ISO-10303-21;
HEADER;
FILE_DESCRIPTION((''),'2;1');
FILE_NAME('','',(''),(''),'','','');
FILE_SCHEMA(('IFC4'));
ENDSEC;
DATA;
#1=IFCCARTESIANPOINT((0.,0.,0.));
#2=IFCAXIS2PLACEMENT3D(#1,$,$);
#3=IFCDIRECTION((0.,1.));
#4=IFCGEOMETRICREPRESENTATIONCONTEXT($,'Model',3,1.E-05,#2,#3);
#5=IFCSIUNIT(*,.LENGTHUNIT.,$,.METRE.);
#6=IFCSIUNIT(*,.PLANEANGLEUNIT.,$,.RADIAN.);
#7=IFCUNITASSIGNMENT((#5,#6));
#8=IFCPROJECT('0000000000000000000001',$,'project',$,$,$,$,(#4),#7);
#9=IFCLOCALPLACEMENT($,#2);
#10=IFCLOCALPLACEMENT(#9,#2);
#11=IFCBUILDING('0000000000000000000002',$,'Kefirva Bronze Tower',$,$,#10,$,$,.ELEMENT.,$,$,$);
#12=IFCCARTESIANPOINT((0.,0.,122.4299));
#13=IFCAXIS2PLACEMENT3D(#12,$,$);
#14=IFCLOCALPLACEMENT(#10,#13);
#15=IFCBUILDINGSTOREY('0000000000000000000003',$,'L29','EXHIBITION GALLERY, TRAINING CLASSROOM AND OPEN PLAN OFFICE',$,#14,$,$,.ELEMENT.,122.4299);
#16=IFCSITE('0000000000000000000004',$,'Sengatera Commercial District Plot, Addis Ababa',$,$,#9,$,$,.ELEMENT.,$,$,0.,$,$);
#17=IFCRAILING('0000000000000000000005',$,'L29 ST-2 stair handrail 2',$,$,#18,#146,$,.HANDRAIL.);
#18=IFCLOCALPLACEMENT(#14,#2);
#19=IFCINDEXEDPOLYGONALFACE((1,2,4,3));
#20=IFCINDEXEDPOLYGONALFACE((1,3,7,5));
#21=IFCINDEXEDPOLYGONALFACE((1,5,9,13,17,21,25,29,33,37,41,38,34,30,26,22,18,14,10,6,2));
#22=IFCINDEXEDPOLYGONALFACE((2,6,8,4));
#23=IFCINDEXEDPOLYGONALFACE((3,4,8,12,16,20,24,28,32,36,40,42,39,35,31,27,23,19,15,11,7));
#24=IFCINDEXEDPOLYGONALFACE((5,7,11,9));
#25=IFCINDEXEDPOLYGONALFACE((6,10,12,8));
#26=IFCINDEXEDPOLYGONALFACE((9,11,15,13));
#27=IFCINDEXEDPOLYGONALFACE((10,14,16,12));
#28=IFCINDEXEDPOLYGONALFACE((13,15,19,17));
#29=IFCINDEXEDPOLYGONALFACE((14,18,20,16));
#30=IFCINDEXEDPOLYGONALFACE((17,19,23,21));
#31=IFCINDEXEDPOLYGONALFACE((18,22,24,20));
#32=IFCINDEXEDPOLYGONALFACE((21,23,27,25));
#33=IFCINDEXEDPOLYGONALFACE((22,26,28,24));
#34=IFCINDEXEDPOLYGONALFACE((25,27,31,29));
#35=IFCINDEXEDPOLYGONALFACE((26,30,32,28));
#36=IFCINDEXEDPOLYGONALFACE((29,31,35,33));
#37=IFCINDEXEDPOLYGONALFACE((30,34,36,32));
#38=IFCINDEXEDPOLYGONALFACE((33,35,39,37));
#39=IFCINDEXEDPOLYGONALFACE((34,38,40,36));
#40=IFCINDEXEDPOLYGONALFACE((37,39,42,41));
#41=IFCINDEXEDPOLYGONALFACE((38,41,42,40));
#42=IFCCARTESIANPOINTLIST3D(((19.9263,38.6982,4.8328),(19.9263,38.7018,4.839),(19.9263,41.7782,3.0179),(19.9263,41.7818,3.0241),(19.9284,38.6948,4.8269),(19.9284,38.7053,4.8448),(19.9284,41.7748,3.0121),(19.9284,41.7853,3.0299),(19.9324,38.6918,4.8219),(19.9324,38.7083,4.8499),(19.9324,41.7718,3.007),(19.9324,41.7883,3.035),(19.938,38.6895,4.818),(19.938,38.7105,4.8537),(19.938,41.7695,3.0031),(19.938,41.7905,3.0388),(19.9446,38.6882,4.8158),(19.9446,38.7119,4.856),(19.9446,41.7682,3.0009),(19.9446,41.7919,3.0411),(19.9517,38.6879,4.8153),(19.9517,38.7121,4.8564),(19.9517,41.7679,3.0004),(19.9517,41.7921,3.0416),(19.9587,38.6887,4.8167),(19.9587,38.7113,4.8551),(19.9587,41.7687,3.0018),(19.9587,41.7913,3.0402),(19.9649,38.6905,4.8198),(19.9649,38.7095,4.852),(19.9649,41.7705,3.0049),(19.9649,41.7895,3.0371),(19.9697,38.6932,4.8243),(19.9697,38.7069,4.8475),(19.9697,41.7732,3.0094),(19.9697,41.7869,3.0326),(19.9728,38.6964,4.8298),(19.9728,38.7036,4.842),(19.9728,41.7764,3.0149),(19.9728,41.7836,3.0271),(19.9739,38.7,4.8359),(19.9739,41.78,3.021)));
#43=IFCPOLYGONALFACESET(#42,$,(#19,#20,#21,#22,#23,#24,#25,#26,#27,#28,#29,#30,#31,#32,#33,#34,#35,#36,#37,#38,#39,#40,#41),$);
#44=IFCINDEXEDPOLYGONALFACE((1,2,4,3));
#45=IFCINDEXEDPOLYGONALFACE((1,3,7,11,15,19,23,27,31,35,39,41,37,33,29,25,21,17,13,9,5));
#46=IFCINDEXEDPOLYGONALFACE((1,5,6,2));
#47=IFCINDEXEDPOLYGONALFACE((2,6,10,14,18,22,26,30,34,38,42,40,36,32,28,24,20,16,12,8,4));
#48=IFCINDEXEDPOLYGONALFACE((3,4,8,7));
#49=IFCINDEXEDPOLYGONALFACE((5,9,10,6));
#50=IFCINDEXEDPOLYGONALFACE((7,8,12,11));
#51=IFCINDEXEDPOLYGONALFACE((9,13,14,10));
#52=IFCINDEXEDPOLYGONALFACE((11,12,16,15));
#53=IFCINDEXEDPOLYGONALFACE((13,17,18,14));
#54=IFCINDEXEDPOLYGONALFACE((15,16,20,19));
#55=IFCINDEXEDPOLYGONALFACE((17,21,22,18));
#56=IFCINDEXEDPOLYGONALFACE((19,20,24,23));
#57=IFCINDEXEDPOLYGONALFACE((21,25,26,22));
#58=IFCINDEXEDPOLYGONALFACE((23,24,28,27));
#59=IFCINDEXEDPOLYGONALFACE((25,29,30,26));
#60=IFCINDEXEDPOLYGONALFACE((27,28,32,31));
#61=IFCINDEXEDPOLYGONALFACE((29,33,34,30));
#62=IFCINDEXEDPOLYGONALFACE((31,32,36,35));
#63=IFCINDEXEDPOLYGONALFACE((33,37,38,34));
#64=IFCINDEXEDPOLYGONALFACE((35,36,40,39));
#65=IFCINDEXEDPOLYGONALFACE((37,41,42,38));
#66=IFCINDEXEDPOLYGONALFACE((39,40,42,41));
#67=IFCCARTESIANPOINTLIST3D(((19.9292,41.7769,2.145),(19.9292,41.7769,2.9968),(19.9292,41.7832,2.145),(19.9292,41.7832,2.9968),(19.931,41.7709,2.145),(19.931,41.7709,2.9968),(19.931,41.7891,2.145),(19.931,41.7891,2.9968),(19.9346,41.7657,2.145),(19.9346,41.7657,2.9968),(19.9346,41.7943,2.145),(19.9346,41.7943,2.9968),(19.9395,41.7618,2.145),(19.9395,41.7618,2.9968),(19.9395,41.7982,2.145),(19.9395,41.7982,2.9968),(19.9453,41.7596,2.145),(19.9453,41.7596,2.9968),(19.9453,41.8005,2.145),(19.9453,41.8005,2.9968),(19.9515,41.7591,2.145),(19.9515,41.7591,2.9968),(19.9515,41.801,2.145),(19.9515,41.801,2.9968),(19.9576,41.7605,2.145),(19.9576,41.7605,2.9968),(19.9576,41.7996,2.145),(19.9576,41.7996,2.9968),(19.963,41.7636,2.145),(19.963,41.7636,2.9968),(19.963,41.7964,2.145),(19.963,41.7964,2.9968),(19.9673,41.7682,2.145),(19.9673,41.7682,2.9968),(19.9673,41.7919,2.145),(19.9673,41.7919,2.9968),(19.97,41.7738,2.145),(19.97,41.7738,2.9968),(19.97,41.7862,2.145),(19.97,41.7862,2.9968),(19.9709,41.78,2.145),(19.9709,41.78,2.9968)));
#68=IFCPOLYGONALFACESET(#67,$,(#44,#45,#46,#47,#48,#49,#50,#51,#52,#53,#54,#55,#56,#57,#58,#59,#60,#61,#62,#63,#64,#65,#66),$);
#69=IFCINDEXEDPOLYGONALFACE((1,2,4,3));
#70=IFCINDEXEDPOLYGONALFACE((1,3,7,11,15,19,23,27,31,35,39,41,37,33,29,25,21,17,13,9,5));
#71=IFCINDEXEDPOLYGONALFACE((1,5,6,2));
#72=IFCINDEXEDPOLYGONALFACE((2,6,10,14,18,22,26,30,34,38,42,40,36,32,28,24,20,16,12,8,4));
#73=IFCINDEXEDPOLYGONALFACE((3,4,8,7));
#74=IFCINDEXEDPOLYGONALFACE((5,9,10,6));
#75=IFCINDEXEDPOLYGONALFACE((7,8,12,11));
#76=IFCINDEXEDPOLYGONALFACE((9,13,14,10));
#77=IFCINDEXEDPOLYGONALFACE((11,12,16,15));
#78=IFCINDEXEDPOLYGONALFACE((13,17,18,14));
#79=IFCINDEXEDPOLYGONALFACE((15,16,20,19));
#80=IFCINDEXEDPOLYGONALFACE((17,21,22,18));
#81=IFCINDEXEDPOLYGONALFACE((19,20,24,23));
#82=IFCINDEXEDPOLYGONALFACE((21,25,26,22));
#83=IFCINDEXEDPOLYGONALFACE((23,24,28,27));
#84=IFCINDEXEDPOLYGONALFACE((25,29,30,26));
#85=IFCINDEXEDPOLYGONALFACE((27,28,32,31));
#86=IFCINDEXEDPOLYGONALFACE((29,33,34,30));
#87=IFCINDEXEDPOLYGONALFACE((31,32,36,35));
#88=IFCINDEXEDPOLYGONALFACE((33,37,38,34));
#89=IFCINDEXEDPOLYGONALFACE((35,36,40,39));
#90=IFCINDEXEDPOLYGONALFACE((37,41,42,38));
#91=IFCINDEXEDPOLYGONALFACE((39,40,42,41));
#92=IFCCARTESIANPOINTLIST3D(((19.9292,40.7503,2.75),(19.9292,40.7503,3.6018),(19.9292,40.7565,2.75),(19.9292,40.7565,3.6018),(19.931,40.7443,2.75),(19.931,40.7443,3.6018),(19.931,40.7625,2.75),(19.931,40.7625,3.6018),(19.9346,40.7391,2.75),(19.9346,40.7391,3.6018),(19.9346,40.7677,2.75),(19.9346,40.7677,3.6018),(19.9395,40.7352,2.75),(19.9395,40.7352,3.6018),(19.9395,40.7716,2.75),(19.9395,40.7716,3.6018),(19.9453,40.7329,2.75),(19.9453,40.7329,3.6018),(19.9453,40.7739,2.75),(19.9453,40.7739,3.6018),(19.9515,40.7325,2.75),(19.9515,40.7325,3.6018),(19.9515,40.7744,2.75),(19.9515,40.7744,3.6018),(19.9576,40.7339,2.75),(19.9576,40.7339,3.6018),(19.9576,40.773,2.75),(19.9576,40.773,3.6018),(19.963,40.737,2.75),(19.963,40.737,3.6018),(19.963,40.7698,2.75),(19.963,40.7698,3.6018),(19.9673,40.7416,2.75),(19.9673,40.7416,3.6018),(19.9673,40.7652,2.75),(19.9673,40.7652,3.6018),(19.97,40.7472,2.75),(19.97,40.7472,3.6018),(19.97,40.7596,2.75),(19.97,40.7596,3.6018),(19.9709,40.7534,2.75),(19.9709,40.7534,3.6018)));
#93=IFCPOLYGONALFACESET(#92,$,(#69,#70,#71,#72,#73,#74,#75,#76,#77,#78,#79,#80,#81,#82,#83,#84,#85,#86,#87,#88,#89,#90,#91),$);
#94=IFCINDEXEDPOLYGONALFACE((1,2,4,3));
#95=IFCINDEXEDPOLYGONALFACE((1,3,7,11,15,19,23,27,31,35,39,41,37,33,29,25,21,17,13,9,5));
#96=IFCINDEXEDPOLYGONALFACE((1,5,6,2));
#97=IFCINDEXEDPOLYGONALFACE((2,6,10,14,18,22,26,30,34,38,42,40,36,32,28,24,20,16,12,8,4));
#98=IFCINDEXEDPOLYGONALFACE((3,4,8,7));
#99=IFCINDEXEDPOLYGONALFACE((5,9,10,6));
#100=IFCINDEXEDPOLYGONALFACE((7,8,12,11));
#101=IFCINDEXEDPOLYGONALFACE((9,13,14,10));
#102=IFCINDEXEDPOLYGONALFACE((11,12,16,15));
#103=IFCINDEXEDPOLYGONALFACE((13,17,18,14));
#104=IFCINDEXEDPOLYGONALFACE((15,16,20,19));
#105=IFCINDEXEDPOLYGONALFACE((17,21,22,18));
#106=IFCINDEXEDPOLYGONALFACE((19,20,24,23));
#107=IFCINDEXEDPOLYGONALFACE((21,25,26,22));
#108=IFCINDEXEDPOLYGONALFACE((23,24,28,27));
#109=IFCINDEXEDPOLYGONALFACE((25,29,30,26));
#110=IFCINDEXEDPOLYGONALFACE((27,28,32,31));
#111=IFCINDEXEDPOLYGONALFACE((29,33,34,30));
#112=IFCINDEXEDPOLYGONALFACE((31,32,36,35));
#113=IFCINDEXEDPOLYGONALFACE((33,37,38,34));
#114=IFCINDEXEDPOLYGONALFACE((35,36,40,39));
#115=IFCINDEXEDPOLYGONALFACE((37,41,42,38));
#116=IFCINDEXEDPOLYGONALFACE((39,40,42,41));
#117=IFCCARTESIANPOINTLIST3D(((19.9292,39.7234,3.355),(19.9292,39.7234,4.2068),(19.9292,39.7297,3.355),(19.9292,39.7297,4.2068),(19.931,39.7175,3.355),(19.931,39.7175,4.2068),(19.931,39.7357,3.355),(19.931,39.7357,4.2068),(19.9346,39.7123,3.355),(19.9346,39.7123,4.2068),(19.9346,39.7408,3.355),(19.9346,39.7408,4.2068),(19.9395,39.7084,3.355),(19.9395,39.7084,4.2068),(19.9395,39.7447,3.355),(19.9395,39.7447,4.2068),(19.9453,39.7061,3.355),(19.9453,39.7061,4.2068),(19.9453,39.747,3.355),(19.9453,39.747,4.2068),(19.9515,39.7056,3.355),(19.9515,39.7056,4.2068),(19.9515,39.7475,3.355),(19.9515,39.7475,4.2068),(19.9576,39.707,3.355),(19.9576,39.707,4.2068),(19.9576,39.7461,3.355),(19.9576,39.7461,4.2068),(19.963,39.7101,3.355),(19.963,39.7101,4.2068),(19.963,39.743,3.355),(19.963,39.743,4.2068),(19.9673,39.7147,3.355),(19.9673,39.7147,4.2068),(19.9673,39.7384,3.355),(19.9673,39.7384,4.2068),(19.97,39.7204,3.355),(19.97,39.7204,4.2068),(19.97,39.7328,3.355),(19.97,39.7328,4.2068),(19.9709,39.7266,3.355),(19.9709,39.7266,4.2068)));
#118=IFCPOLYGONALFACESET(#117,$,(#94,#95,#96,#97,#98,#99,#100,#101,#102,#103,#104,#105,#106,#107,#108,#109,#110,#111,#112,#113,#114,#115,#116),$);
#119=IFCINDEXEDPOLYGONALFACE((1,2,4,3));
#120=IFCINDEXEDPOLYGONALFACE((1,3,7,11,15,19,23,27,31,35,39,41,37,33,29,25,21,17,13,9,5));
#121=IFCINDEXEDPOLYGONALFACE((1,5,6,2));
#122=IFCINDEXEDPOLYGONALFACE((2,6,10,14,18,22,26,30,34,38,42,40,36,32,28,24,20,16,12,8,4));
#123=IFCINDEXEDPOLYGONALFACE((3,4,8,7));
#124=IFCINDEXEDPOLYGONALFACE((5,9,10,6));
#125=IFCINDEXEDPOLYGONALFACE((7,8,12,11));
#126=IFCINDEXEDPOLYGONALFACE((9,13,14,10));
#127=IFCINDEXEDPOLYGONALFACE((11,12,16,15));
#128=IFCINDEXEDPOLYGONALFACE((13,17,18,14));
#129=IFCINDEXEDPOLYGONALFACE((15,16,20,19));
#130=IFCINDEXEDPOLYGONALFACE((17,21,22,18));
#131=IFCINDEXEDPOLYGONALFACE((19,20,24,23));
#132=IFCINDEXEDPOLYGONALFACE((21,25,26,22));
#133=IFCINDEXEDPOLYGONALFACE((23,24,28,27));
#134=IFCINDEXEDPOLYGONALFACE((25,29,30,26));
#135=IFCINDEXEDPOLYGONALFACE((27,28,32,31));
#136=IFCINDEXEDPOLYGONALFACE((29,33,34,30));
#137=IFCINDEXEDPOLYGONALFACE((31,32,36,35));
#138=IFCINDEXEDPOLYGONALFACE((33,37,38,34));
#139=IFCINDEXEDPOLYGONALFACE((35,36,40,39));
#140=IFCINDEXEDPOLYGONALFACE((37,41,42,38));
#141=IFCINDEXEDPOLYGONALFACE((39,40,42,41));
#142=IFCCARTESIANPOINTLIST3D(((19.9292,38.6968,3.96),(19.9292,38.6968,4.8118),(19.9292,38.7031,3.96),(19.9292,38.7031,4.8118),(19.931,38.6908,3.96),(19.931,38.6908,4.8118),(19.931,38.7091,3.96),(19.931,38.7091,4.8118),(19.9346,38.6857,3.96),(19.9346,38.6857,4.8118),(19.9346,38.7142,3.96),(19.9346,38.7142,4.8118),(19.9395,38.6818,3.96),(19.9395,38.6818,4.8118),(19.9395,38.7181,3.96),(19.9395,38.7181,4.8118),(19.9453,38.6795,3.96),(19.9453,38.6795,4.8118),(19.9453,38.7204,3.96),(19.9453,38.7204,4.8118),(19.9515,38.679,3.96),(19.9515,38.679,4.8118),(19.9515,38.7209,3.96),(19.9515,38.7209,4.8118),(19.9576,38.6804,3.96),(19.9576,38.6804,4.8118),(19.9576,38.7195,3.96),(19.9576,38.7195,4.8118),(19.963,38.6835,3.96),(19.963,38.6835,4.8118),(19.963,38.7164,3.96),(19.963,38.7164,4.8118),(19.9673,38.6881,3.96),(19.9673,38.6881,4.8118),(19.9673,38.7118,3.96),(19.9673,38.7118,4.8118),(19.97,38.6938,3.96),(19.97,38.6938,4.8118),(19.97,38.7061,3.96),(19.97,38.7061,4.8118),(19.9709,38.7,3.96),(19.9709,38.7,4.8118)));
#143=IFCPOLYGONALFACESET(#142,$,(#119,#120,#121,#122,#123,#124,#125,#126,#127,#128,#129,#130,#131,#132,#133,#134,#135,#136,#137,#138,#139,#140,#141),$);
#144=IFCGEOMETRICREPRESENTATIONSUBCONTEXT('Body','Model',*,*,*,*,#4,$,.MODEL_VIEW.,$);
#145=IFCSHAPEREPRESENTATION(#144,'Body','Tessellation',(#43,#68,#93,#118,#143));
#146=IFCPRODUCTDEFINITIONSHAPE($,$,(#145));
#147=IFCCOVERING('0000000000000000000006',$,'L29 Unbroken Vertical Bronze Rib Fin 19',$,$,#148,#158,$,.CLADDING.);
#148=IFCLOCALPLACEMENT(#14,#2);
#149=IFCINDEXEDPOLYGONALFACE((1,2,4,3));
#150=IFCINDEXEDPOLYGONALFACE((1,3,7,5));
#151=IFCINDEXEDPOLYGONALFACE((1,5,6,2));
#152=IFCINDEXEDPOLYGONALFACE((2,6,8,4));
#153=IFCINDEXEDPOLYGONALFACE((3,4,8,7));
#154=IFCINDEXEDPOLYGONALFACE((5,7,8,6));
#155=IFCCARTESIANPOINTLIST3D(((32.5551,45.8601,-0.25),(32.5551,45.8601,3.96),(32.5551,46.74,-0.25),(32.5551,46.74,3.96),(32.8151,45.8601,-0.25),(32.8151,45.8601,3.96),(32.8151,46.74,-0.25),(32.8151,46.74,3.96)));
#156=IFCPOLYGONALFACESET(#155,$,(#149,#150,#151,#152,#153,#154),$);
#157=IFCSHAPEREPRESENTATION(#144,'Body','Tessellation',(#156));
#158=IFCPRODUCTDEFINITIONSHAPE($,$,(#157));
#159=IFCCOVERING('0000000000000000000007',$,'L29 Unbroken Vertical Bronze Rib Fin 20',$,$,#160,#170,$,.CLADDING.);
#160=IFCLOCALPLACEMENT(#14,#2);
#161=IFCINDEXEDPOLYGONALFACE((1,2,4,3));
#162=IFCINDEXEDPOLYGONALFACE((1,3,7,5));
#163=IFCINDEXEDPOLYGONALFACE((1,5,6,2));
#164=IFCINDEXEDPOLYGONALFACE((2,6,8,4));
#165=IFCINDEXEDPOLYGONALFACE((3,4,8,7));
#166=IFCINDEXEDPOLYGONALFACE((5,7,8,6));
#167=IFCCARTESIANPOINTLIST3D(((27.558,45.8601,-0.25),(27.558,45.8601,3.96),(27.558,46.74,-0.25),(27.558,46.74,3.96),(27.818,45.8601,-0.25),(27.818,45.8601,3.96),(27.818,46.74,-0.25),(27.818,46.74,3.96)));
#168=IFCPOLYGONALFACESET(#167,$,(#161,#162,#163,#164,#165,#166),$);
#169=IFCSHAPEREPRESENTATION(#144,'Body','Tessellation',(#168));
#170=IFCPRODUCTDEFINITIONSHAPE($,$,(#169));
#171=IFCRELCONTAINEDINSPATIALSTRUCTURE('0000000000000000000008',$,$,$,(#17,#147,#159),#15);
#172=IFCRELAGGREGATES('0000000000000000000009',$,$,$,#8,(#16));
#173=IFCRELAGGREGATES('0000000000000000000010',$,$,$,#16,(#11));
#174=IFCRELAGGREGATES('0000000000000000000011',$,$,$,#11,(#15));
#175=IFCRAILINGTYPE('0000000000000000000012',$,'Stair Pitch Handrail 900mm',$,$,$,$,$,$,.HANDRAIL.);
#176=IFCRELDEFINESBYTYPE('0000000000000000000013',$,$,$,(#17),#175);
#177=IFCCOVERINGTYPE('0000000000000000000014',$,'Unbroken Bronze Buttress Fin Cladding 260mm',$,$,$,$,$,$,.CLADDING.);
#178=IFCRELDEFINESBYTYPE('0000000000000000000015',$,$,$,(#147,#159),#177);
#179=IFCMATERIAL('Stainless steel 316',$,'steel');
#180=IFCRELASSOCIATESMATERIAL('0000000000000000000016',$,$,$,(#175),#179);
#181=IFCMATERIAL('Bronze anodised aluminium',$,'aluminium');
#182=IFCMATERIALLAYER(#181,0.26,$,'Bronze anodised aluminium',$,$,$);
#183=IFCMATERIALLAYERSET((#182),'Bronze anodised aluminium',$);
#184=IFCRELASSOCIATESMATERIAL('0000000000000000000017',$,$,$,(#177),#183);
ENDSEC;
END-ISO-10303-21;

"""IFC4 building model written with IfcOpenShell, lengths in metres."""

from ifc_helpers import new_model, si_unit, direction, frame, origin, origin_2d, place, context, subcontext, project, spatial, rectangle, circle, extrude, material, layer, layer_set, type_object, element, save


model = new_model("IFC4")

# Units and contexts
model_context = context("Model", 3, precision=1e-05, world=origin(), true_north=direction((0.0, 1.0)))
body_context = subcontext(model_context, "Body", "Model", "MODEL_VIEW")
ifc_project = project(units=[si_unit("LENGTHUNIT", "METRE"), si_unit("PLANEANGLEUNIT", "RADIAN")], contexts=[model_context])

# Site, building, storey
site_placement = place(None, origin())
site = spatial("IfcSite", under=ifc_project, at=site_placement, Name="Sengatera Commercial District Plot, Addis Ababa", CompositionType="ELEMENT", RefElevation=0.0)
building_placement = place(site_placement, origin())
building = spatial("IfcBuilding", under=site, at=building_placement, Name="Kefirva Bronze Tower", CompositionType="ELEMENT")
storey_placement = place(building_placement, frame((0.0, 0.0, 122.4299)))
storey = spatial("IfcBuildingStorey", under=building, at=storey_placement, Name="L29", Description="EXHIBITION GALLERY, TRAINING CLASSROOM AND OPEN PLAN OFFICE", CompositionType="ELEMENT", Elevation=122.4299)

# Shared definitions
ifc_material_1 = material(Name="Bronze anodised aluminium", Category="aluminium")

# Railing
ifc_material_2 = material(Name="Stainless steel 316", Category="steel")
railing_type_1 = type_object("IfcRailingType", Name="Stair Pitch Handrail 900mm", PredefinedType="HANDRAIL", material=ifc_material_2)
railing_1_placement = place(storey_placement, frame((19.95, 41.78, 2.145)))
element("IfcRailing", 1, at=railing_1_placement, inside=storey, type_object=railing_type_1, Name="L29 ST-2 stair handrail 2", PredefinedType="HANDRAIL", context=body_context, shape_type="SweptSolid", body=[
    extrude(circle(Radius=0.0239, at=origin_2d()), frame((0.0, 0.0, 0.876), z_axis=(0.0, -0.861551, 0.507671), x_axis=(1.0, 0.0, 0.0)), (0.0, 0.0, 1.0), 3.575),
    extrude(circle(Radius=0.021, at=origin_2d()), origin(), (0.0, 0.0, 1.0), 0.8518),
    extrude(circle(Radius=0.021, at=origin_2d()), frame((0.0, -1.0266, 0.605)), (0.0, 0.0, 1.0), 0.8518),
    extrude(circle(Radius=0.021, at=origin_2d()), frame((0.0, -2.0535, 1.21)), (0.0, 0.0, 1.0), 0.8518),
    extrude(circle(Radius=0.021, at=origin_2d()), frame((0.0, -3.0801, 1.8149)), (0.0, 0.0, 1.0), 0.8518),
])

# Coverings
ifc_layer_1 = layer(ifc_material_1, 0.26, Name="Bronze anodised aluminium")
ifc_layer_set_1 = layer_set([ifc_layer_1], Name="Bronze anodised aluminium")
covering_type_1 = type_object("IfcCoveringType", Name="Unbroken Bronze Buttress Fin Cladding 260mm", PredefinedType="CLADDING", material=ifc_layer_set_1)
for number, where, z_axis, x_axis, name in (
    (2, (32.6851, 46.3, -0.25), (0.0, 0.0, 1.0), (-1.0, 0.0, 0.0), "L29 Unbroken Vertical Bronze Rib Fin 19"),
    (3, (27.688, 46.3, -0.25), (0.0, 0.0, 1.0), (-1.0, 0.0, 0.0), "L29 Unbroken Vertical Bronze Rib Fin 20"),
):
    element("IfcCovering", number, at=place(storey_placement, frame(where, z_axis=z_axis, x_axis=x_axis)), inside=storey, type_object=covering_type_1, Name=name, PredefinedType="CLADDING", context=body_context, shape_type="SweptSolid", body=[
        extrude(rectangle(XDim=0.26, YDim=0.8799, at=origin_2d()), origin(), (0.0, 0.0, 1.0), 4.21),
    ])

save(model, "model.ifc")
